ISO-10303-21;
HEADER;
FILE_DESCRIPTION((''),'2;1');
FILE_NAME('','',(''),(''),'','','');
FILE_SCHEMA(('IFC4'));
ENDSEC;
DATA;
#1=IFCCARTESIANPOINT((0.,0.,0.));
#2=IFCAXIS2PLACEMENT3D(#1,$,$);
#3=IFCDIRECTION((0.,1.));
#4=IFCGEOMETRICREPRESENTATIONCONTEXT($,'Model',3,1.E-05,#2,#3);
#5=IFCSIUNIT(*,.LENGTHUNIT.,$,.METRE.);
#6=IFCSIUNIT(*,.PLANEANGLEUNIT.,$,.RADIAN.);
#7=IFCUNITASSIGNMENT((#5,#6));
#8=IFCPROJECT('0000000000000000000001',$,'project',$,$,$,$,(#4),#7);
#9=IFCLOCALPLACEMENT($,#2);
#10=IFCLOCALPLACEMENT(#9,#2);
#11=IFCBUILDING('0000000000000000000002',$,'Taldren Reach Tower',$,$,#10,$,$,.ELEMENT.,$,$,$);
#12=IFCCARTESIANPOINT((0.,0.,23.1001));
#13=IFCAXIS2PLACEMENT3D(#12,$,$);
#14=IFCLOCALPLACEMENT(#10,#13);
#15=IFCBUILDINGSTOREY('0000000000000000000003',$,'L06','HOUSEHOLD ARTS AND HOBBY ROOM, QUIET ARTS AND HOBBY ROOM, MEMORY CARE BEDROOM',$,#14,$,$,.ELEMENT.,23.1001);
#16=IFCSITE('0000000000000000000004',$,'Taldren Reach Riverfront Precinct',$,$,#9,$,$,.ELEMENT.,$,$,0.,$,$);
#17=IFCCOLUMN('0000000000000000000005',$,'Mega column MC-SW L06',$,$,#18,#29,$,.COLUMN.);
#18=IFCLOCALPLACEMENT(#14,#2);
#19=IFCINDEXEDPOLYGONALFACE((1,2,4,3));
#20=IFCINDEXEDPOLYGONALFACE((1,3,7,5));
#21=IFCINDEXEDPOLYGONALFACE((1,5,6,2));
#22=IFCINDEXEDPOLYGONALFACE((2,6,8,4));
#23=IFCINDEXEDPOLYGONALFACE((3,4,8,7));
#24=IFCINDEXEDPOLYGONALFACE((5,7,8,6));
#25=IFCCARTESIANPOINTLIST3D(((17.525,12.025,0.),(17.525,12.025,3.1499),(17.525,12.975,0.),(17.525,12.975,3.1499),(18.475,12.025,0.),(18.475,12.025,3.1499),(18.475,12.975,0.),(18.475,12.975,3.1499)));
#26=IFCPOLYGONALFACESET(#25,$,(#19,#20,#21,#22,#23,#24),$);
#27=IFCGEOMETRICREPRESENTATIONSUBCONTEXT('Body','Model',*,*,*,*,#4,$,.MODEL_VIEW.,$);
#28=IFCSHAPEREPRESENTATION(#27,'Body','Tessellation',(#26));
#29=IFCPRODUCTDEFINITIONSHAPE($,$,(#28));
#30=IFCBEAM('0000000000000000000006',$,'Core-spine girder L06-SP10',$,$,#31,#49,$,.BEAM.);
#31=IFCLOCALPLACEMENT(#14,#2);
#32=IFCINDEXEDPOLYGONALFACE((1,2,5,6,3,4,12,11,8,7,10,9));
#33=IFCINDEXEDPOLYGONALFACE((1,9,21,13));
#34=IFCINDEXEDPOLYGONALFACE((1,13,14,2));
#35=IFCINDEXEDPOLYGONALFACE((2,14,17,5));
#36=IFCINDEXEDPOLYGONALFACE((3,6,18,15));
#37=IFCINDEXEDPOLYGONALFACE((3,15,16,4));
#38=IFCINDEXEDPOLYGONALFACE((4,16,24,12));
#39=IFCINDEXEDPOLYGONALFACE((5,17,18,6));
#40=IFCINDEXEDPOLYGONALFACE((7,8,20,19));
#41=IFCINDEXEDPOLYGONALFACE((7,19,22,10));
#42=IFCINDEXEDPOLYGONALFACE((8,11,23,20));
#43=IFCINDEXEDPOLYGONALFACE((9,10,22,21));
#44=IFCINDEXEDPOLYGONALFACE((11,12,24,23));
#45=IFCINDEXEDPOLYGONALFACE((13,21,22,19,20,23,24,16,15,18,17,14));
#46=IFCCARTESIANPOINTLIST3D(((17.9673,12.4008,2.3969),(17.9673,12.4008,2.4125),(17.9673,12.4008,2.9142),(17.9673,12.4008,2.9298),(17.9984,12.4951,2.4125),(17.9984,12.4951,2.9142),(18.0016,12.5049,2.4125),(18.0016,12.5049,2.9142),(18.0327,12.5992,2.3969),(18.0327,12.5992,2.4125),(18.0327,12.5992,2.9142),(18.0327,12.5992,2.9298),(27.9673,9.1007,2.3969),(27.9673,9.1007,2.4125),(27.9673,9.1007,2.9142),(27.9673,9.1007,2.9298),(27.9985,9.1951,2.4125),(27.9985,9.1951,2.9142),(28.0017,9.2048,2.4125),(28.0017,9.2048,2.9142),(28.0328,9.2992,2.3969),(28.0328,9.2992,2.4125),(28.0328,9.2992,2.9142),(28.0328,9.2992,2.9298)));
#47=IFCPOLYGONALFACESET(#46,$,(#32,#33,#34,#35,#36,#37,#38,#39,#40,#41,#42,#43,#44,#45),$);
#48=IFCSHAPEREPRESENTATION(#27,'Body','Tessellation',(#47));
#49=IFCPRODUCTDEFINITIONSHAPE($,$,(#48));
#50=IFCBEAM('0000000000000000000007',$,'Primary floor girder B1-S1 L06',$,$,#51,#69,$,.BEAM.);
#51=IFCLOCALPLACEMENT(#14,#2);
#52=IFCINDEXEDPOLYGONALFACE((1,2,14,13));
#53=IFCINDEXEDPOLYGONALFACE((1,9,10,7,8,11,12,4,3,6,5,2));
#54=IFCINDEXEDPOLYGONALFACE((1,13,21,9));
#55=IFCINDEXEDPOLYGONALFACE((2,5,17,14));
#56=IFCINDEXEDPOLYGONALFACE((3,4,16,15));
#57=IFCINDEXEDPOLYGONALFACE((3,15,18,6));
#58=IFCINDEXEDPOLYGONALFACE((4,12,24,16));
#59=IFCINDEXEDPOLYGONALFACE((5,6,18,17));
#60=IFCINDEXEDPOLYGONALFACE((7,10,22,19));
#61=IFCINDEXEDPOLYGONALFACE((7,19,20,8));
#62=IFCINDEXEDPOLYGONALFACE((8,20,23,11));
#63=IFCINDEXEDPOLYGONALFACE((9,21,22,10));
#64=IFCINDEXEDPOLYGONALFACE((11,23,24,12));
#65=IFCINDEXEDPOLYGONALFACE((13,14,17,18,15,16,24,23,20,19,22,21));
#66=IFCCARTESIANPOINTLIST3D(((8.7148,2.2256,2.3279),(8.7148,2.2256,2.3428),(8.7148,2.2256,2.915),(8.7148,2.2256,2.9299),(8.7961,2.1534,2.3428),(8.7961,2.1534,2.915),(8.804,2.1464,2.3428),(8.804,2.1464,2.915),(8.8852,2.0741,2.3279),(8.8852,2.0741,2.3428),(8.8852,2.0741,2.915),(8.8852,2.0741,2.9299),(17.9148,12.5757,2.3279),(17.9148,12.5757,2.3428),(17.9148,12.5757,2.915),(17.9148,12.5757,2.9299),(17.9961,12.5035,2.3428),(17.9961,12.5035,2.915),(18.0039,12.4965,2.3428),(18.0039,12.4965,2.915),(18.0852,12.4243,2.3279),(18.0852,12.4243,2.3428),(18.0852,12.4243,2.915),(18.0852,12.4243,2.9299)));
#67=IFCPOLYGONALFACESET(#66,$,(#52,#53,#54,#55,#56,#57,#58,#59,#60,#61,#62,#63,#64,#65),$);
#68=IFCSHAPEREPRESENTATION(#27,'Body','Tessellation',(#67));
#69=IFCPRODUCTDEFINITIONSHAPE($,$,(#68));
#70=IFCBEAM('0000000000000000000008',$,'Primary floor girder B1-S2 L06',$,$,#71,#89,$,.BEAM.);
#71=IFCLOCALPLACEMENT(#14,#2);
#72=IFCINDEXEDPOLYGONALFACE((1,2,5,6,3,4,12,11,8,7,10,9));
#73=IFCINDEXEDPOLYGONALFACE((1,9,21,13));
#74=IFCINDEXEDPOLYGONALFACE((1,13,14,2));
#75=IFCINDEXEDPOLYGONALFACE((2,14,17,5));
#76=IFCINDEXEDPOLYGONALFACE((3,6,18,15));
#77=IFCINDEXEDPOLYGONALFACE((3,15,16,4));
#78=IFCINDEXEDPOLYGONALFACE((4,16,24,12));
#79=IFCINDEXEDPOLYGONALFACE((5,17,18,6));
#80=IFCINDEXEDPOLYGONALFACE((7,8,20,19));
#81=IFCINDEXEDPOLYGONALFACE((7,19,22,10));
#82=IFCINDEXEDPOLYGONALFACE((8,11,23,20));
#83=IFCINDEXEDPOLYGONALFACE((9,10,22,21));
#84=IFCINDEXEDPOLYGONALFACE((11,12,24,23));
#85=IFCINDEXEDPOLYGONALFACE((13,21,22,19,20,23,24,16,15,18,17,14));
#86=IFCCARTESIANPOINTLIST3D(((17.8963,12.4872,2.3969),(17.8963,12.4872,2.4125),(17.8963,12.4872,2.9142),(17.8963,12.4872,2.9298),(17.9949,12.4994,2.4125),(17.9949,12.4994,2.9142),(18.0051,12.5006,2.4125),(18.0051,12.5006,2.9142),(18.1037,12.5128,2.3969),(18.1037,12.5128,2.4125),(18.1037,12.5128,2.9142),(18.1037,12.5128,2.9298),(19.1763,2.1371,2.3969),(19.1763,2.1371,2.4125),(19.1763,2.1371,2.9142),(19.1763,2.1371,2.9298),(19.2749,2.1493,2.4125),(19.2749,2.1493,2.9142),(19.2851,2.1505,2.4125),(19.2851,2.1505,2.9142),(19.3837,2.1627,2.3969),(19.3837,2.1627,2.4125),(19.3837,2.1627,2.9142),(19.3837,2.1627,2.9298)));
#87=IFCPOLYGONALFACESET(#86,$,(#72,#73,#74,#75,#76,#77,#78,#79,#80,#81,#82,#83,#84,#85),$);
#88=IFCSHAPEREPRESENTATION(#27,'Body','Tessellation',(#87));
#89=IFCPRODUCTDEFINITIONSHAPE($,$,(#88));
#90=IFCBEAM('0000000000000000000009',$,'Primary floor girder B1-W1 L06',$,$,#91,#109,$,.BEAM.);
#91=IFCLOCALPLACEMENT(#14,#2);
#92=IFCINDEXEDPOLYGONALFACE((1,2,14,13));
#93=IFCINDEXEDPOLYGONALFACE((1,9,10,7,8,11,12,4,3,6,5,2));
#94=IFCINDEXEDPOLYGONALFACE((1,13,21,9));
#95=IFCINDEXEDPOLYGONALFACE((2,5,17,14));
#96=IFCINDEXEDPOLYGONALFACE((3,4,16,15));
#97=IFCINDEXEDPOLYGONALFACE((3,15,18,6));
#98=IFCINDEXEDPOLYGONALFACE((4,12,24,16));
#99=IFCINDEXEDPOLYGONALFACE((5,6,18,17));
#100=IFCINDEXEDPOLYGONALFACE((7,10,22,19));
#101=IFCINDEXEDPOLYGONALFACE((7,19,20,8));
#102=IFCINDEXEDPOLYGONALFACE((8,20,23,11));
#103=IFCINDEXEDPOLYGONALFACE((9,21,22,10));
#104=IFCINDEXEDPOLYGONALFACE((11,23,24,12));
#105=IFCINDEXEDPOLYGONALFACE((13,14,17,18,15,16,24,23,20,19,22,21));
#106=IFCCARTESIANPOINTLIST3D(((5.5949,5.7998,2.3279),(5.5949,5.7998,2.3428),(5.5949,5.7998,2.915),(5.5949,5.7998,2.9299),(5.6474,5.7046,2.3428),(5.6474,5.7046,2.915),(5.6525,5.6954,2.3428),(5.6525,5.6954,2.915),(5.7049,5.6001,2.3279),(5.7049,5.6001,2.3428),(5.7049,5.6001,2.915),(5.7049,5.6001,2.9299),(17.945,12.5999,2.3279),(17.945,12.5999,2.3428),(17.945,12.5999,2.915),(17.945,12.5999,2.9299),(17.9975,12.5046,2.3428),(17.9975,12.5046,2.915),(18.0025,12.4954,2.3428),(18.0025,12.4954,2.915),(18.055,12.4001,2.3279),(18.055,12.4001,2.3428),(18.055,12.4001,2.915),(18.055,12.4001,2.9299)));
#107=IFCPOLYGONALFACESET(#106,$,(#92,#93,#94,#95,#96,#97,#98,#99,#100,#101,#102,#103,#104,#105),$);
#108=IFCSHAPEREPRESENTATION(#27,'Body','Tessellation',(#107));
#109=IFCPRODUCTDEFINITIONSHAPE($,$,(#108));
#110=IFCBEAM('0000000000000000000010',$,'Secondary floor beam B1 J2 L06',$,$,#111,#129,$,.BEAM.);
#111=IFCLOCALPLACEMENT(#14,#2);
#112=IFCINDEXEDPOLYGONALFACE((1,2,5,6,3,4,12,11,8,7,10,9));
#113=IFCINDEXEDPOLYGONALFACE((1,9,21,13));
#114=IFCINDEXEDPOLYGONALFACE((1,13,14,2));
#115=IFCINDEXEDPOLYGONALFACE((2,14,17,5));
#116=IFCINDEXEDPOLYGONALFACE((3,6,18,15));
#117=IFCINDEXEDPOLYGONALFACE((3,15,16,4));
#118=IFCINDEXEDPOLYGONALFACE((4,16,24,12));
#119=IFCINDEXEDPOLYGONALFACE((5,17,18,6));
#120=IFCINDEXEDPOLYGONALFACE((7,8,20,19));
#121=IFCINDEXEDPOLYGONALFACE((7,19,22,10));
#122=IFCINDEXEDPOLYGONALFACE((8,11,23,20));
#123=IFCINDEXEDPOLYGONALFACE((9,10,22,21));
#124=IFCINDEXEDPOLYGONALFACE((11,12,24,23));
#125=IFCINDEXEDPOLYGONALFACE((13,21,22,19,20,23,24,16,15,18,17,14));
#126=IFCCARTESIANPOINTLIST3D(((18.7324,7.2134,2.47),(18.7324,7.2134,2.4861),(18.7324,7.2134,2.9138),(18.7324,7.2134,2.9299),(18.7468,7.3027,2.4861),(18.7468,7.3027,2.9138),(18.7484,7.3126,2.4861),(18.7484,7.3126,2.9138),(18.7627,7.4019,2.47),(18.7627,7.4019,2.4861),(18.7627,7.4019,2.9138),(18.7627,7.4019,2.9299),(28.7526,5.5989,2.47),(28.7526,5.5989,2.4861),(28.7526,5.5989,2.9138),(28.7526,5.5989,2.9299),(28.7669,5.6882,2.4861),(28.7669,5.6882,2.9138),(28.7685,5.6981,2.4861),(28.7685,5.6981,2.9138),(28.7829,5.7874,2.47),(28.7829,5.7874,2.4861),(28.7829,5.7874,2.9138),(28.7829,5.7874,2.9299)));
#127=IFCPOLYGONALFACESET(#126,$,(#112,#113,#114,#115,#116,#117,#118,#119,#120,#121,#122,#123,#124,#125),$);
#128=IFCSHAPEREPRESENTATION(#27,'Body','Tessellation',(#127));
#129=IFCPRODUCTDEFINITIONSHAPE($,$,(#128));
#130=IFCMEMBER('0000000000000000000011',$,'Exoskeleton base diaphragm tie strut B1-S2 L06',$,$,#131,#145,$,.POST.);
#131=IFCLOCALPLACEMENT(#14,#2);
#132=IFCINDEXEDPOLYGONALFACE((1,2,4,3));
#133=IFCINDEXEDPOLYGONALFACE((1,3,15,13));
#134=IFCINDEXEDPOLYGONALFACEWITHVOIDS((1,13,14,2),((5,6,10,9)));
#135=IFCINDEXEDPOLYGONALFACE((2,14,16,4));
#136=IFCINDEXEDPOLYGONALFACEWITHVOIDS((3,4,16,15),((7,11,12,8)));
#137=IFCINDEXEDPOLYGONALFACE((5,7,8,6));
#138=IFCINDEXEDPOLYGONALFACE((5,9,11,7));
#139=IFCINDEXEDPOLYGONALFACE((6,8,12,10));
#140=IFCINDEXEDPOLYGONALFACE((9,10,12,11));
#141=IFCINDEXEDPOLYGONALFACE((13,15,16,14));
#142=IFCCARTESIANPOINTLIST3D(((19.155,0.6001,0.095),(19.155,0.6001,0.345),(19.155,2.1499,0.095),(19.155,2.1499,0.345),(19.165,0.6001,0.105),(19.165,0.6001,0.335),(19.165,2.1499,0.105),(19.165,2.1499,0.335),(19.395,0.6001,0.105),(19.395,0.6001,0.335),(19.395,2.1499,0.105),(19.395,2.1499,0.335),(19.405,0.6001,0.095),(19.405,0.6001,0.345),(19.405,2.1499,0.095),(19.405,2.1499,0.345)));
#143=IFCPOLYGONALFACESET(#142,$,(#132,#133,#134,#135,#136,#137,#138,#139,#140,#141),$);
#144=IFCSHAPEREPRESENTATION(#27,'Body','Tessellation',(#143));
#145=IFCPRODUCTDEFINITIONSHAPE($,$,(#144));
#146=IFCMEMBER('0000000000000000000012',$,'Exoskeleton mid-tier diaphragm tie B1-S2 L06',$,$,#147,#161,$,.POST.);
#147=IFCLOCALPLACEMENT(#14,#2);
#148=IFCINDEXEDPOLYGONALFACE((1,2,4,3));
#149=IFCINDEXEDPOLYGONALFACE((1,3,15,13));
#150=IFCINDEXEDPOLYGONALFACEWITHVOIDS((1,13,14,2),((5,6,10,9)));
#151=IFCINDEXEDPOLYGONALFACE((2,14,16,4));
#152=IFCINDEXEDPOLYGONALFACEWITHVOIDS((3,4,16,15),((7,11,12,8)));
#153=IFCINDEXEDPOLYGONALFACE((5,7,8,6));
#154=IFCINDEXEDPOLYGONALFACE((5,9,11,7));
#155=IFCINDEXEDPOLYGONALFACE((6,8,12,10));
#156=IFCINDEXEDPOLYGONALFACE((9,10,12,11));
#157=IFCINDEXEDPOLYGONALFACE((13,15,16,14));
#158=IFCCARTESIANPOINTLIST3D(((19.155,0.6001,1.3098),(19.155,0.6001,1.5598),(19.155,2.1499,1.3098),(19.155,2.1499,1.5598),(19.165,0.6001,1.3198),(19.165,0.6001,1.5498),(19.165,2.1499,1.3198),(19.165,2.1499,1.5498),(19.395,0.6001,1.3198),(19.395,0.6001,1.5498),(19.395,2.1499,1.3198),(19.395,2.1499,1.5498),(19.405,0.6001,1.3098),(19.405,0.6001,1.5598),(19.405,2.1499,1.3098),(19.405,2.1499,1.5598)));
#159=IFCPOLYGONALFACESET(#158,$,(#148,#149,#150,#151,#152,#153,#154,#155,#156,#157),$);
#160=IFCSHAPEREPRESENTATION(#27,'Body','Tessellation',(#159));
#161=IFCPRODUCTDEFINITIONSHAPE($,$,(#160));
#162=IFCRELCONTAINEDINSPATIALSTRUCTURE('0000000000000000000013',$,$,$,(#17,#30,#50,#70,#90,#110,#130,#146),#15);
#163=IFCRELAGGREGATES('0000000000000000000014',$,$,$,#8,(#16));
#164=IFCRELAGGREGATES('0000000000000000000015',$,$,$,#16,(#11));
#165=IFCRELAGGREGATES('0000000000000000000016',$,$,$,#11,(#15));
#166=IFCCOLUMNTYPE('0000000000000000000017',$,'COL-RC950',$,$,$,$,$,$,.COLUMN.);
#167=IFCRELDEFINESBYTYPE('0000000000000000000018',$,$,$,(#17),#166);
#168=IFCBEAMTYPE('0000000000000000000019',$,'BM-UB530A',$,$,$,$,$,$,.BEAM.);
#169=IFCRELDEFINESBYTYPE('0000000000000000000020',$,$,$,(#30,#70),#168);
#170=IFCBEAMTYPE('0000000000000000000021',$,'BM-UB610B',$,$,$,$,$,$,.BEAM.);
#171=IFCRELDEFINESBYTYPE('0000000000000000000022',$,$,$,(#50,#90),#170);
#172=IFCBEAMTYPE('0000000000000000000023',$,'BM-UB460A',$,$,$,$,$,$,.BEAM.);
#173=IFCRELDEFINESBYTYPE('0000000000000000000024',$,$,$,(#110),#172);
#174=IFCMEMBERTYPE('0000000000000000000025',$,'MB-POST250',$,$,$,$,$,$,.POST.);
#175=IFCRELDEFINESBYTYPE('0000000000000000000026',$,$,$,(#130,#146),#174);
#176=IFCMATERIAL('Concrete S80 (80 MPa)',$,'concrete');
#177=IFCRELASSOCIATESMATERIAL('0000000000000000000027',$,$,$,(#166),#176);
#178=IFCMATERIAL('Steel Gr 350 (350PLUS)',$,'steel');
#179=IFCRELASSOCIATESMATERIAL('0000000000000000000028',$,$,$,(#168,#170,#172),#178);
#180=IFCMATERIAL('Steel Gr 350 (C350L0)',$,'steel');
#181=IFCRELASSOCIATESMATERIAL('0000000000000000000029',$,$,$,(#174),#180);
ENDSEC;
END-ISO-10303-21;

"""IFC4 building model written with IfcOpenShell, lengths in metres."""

from ifc_helpers import new_model, si_unit, direction, frame, origin, origin_2d, place, context, subcontext, project, spatial, rectangle, hollow_rectangle, i_section, extrude, source, transform, mapped, material, material_profile, profile_set, type_object, element, save


model = new_model("IFC4")

# Units and contexts
model_context = context("Model", 3, precision=1e-05, world=origin(), true_north=direction((0.0, 1.0)))
body_context = subcontext(model_context, "Body", "Model", "MODEL_VIEW")
ifc_project = project(units=[si_unit("LENGTHUNIT", "METRE"), si_unit("PLANEANGLEUNIT", "RADIAN")], contexts=[model_context])

# Site, building, storey
site_placement = place(None, origin())
site = spatial("IfcSite", under=ifc_project, at=site_placement, Name="Taldren Reach Riverfront Precinct", CompositionType="ELEMENT", RefElevation=0.0)
building_placement = place(site_placement, origin())
building = spatial("IfcBuilding", under=site, at=building_placement, Name="Taldren Reach Tower", CompositionType="ELEMENT")
storey_placement = place(building_placement, frame((0.0, 0.0, 23.1001)))
storey = spatial("IfcBuildingStorey", under=building, at=storey_placement, Name="L06", Description="HOUSEHOLD ARTS AND HOBBY ROOM, QUIET ARTS AND HOBBY ROOM, MEMORY CARE BEDROOM", CompositionType="ELEMENT", Elevation=23.1001)

# Column
ifc_material_1 = material(Name="Concrete S80 (80 MPa)", Category="concrete")
ifc_material_profile_1 = material_profile(ifc_material_1, rectangle(XDim=0.95, YDim=0.95, at=origin_2d()), Name="RC-950x950")
ifc_profile_set_1 = profile_set([ifc_material_profile_1], Name="Concrete S80 (80 MPa)")
column_type = type_object("IfcColumnType", Name="COL-RC950", PredefinedType="COLUMN", material=ifc_profile_set_1)
shared_shape_1 = source(origin(), body_context, "Body", "SweptSolid", [
    extrude(rectangle(XDim=0.95, YDim=0.95, at=origin_2d()), origin(), (0.0, 0.0, 1.0), 3.1499),
])
column_placement = place(storey_placement, frame((18.0, 12.5, 0.0), z_axis=(0.0, 0.0, 1.0), x_axis=(1.0, 0.0, 0.0)))
element("IfcColumn", 1, at=column_placement, inside=storey, type_object=column_type, Name="Mega column MC-SW L06", PredefinedType="COLUMN", context=body_context, shape_type="MappedRepresentation", body=[
    mapped(shared_shape_1, transform((0.0, 0.0, 0.0), scale=1.0)),
])

# Beams
ifc_material_2 = material(Name="Steel Gr 350 (350PLUS)", Category="steel")
ifc_material_profile_2 = material_profile(ifc_material_2, i_section(OverallWidth=0.209, OverallDepth=0.533, WebThickness=0.0103, FlangeThickness=0.0156, at=origin_2d()), Name="530UB92.4")
ifc_profile_set_2 = profile_set([ifc_material_profile_2], Name="Steel Gr 350 (350PLUS)")
beam_type_1 = type_object("IfcBeamType", Name="BM-UB530A", PredefinedType="BEAM", material=ifc_profile_set_2)
shared_shape_2 = source(origin(), body_context, "Body", "SweptSolid", [
    extrude(i_section(OverallWidth=0.209, OverallDepth=0.533, WebThickness=0.0103, FlangeThickness=0.0156, at=origin_2d()), origin(), (0.0, 0.0, 1.0), 10.5305),
])
beam_1_placement = place(storey_placement, frame((18.0, 12.5, 2.6633), z_axis=(0.949627, -0.313382, 0.0), x_axis=(0.313382, 0.949627, 0.0)))
element("IfcBeam", 2, at=beam_1_placement, inside=storey, type_object=beam_type_1, Name="Core-spine girder L06-SP10", PredefinedType="BEAM", context=body_context, shape_type="MappedRepresentation", body=[
    mapped(shared_shape_2, transform((0.0, 0.0, 0.0), scale=1.0)),
])
ifc_material_profile_3 = material_profile(ifc_material_2, i_section(OverallWidth=0.228, OverallDepth=0.6021, WebThickness=0.0105, FlangeThickness=0.0149, at=origin_2d()), Name="610UB101")
ifc_profile_set_3 = profile_set([ifc_material_profile_3], Name="Steel Gr 350 (350PLUS)")
beam_type_2 = type_object("IfcBeamType", Name="BM-UB610B", PredefinedType="BEAM", material=ifc_profile_set_3)
shared_shape_3 = source(origin(), body_context, "Body", "SweptSolid", [
    extrude(i_section(OverallWidth=0.228, OverallDepth=0.6021, WebThickness=0.0105, FlangeThickness=0.0149, at=origin_2d()), origin(), (0.0, 0.0, 1.0), 13.8479),
])
beam_2_placement = place(storey_placement, frame((18.0, 12.5, 2.6289), z_axis=(-0.664358, -0.747414, 0.0), x_axis=(0.747414, -0.664358, 0.0)))
element("IfcBeam", 3, at=beam_2_placement, inside=storey, type_object=beam_type_2, Name="Primary floor girder B1-S1 L06", PredefinedType="BEAM", context=body_context, shape_type="MappedRepresentation", body=[
    mapped(shared_shape_3, transform((0.0, 0.0, 0.0), scale=1.0)),
])
shared_shape_4 = source(origin(), body_context, "Body", "SweptSolid", [
    extrude(i_section(OverallWidth=0.209, OverallDepth=0.533, WebThickness=0.0103, FlangeThickness=0.0156, at=origin_2d()), origin(), (0.0, 0.0, 1.0), 10.429),
])
beam_3_placement = place(storey_placement, frame((18.0, 12.5, 2.6633), z_axis=(0.122738, -0.992439, 0.0), x_axis=(0.992439, 0.122738, 0.0)))
element("IfcBeam", 4, at=beam_3_placement, inside=storey, type_object=beam_type_1, Name="Primary floor girder B1-S2 L06", PredefinedType="BEAM", context=body_context, shape_type="MappedRepresentation", body=[
    mapped(shared_shape_4, transform((0.0, 0.0, 0.0), scale=1.0)),
])
shared_shape_5 = source(origin(), body_context, "Body", "SweptSolid", [
    extrude(i_section(OverallWidth=0.228, OverallDepth=0.6021, WebThickness=0.0105, FlangeThickness=0.0149, at=origin_2d()), origin(), (0.0, 0.0, 1.0), 14.0984),
])
beam_4_placement = place(storey_placement, frame((18.0, 12.5, 2.6289), z_axis=(-0.875991, -0.482327, 0.0), x_axis=(0.482327, -0.875991, 0.0)))
element("IfcBeam", 5, at=beam_4_placement, inside=storey, type_object=beam_type_2, Name="Primary floor girder B1-W1 L06", PredefinedType="BEAM", context=body_context, shape_type="MappedRepresentation", body=[
    mapped(shared_shape_5, transform((0.0, 0.0, 0.0), scale=1.0)),
])
ifc_material_profile_4 = material_profile(ifc_material_2, i_section(OverallWidth=0.1909, OverallDepth=0.46, WebThickness=0.01, FlangeThickness=0.0161, at=origin_2d()), Name="460UB82.1")
ifc_profile_set_4 = profile_set([ifc_material_profile_4], Name="Steel Gr 350 (350PLUS)")
beam_type_3 = type_object("IfcBeamType", Name="BM-UB460A", PredefinedType="BEAM", material=ifc_profile_set_4)
shared_shape_6 = source(origin(), body_context, "Body", "SweptSolid", [
    extrude(i_section(OverallWidth=0.1909, OverallDepth=0.46, WebThickness=0.01, FlangeThickness=0.0161, at=origin_2d()), origin(), (0.0, 0.0, 1.0), 10.1494),
])
beam_5_placement = place(storey_placement, frame((18.7476, 7.3076, 2.7), z_axis=(0.987267, -0.159072, 0.0), x_axis=(0.159072, 0.987267, 0.0)))
element("IfcBeam", 6, at=beam_5_placement, inside=storey, type_object=beam_type_3, Name="Secondary floor beam B1 J2 L06", PredefinedType="BEAM", context=body_context, shape_type="MappedRepresentation", body=[
    mapped(shared_shape_6, transform((0.0, 0.0, 0.0), scale=1.0)),
])

# Members
ifc_material_3 = material(Name="Steel Gr 350 (C350L0)", Category="steel")
ifc_material_profile_5 = material_profile(ifc_material_3, hollow_rectangle(XDim=0.25, YDim=0.25, WallThickness=0.01, at=origin_2d()), Name="250x250x10.0SHS")
ifc_profile_set_5 = profile_set([ifc_material_profile_5], Name="Steel Gr 350 (C350L0)")
member_type = type_object("IfcMemberType", Name="MB-POST250", PredefinedType="POST", material=ifc_profile_set_5)
shared_shape_7 = source(origin(), body_context, "Body", "SweptSolid", [
    extrude(hollow_rectangle(XDim=0.25, YDim=0.25, WallThickness=0.01, at=origin_2d()), origin(), (0.0, 0.0, 1.0), 1.5498),
])
for number, where, z_axis, x_axis, name in (
    (7, (19.28, 2.1499, 0.22), (0.0, -1.0, 0.0), (1.0, 0.0, 0.0), "Exoskeleton base diaphragm tie strut B1-S2 L06"),
    (8, (19.28, 2.1499, 1.4348), (0.0, -1.0, 0.0), (1.0, 0.0, 0.0), "Exoskeleton mid-tier diaphragm tie B1-S2 L06"),
):
    element("IfcMember", number, at=place(storey_placement, frame(where, z_axis=z_axis, x_axis=x_axis)), inside=storey, type_object=member_type, Name=name, PredefinedType="POST", context=body_context, shape_type="MappedRepresentation", body=[
        mapped(shared_shape_7, transform((0.0, 0.0, 0.0), scale=1.0)),
    ])

save(model, "model.ifc")
